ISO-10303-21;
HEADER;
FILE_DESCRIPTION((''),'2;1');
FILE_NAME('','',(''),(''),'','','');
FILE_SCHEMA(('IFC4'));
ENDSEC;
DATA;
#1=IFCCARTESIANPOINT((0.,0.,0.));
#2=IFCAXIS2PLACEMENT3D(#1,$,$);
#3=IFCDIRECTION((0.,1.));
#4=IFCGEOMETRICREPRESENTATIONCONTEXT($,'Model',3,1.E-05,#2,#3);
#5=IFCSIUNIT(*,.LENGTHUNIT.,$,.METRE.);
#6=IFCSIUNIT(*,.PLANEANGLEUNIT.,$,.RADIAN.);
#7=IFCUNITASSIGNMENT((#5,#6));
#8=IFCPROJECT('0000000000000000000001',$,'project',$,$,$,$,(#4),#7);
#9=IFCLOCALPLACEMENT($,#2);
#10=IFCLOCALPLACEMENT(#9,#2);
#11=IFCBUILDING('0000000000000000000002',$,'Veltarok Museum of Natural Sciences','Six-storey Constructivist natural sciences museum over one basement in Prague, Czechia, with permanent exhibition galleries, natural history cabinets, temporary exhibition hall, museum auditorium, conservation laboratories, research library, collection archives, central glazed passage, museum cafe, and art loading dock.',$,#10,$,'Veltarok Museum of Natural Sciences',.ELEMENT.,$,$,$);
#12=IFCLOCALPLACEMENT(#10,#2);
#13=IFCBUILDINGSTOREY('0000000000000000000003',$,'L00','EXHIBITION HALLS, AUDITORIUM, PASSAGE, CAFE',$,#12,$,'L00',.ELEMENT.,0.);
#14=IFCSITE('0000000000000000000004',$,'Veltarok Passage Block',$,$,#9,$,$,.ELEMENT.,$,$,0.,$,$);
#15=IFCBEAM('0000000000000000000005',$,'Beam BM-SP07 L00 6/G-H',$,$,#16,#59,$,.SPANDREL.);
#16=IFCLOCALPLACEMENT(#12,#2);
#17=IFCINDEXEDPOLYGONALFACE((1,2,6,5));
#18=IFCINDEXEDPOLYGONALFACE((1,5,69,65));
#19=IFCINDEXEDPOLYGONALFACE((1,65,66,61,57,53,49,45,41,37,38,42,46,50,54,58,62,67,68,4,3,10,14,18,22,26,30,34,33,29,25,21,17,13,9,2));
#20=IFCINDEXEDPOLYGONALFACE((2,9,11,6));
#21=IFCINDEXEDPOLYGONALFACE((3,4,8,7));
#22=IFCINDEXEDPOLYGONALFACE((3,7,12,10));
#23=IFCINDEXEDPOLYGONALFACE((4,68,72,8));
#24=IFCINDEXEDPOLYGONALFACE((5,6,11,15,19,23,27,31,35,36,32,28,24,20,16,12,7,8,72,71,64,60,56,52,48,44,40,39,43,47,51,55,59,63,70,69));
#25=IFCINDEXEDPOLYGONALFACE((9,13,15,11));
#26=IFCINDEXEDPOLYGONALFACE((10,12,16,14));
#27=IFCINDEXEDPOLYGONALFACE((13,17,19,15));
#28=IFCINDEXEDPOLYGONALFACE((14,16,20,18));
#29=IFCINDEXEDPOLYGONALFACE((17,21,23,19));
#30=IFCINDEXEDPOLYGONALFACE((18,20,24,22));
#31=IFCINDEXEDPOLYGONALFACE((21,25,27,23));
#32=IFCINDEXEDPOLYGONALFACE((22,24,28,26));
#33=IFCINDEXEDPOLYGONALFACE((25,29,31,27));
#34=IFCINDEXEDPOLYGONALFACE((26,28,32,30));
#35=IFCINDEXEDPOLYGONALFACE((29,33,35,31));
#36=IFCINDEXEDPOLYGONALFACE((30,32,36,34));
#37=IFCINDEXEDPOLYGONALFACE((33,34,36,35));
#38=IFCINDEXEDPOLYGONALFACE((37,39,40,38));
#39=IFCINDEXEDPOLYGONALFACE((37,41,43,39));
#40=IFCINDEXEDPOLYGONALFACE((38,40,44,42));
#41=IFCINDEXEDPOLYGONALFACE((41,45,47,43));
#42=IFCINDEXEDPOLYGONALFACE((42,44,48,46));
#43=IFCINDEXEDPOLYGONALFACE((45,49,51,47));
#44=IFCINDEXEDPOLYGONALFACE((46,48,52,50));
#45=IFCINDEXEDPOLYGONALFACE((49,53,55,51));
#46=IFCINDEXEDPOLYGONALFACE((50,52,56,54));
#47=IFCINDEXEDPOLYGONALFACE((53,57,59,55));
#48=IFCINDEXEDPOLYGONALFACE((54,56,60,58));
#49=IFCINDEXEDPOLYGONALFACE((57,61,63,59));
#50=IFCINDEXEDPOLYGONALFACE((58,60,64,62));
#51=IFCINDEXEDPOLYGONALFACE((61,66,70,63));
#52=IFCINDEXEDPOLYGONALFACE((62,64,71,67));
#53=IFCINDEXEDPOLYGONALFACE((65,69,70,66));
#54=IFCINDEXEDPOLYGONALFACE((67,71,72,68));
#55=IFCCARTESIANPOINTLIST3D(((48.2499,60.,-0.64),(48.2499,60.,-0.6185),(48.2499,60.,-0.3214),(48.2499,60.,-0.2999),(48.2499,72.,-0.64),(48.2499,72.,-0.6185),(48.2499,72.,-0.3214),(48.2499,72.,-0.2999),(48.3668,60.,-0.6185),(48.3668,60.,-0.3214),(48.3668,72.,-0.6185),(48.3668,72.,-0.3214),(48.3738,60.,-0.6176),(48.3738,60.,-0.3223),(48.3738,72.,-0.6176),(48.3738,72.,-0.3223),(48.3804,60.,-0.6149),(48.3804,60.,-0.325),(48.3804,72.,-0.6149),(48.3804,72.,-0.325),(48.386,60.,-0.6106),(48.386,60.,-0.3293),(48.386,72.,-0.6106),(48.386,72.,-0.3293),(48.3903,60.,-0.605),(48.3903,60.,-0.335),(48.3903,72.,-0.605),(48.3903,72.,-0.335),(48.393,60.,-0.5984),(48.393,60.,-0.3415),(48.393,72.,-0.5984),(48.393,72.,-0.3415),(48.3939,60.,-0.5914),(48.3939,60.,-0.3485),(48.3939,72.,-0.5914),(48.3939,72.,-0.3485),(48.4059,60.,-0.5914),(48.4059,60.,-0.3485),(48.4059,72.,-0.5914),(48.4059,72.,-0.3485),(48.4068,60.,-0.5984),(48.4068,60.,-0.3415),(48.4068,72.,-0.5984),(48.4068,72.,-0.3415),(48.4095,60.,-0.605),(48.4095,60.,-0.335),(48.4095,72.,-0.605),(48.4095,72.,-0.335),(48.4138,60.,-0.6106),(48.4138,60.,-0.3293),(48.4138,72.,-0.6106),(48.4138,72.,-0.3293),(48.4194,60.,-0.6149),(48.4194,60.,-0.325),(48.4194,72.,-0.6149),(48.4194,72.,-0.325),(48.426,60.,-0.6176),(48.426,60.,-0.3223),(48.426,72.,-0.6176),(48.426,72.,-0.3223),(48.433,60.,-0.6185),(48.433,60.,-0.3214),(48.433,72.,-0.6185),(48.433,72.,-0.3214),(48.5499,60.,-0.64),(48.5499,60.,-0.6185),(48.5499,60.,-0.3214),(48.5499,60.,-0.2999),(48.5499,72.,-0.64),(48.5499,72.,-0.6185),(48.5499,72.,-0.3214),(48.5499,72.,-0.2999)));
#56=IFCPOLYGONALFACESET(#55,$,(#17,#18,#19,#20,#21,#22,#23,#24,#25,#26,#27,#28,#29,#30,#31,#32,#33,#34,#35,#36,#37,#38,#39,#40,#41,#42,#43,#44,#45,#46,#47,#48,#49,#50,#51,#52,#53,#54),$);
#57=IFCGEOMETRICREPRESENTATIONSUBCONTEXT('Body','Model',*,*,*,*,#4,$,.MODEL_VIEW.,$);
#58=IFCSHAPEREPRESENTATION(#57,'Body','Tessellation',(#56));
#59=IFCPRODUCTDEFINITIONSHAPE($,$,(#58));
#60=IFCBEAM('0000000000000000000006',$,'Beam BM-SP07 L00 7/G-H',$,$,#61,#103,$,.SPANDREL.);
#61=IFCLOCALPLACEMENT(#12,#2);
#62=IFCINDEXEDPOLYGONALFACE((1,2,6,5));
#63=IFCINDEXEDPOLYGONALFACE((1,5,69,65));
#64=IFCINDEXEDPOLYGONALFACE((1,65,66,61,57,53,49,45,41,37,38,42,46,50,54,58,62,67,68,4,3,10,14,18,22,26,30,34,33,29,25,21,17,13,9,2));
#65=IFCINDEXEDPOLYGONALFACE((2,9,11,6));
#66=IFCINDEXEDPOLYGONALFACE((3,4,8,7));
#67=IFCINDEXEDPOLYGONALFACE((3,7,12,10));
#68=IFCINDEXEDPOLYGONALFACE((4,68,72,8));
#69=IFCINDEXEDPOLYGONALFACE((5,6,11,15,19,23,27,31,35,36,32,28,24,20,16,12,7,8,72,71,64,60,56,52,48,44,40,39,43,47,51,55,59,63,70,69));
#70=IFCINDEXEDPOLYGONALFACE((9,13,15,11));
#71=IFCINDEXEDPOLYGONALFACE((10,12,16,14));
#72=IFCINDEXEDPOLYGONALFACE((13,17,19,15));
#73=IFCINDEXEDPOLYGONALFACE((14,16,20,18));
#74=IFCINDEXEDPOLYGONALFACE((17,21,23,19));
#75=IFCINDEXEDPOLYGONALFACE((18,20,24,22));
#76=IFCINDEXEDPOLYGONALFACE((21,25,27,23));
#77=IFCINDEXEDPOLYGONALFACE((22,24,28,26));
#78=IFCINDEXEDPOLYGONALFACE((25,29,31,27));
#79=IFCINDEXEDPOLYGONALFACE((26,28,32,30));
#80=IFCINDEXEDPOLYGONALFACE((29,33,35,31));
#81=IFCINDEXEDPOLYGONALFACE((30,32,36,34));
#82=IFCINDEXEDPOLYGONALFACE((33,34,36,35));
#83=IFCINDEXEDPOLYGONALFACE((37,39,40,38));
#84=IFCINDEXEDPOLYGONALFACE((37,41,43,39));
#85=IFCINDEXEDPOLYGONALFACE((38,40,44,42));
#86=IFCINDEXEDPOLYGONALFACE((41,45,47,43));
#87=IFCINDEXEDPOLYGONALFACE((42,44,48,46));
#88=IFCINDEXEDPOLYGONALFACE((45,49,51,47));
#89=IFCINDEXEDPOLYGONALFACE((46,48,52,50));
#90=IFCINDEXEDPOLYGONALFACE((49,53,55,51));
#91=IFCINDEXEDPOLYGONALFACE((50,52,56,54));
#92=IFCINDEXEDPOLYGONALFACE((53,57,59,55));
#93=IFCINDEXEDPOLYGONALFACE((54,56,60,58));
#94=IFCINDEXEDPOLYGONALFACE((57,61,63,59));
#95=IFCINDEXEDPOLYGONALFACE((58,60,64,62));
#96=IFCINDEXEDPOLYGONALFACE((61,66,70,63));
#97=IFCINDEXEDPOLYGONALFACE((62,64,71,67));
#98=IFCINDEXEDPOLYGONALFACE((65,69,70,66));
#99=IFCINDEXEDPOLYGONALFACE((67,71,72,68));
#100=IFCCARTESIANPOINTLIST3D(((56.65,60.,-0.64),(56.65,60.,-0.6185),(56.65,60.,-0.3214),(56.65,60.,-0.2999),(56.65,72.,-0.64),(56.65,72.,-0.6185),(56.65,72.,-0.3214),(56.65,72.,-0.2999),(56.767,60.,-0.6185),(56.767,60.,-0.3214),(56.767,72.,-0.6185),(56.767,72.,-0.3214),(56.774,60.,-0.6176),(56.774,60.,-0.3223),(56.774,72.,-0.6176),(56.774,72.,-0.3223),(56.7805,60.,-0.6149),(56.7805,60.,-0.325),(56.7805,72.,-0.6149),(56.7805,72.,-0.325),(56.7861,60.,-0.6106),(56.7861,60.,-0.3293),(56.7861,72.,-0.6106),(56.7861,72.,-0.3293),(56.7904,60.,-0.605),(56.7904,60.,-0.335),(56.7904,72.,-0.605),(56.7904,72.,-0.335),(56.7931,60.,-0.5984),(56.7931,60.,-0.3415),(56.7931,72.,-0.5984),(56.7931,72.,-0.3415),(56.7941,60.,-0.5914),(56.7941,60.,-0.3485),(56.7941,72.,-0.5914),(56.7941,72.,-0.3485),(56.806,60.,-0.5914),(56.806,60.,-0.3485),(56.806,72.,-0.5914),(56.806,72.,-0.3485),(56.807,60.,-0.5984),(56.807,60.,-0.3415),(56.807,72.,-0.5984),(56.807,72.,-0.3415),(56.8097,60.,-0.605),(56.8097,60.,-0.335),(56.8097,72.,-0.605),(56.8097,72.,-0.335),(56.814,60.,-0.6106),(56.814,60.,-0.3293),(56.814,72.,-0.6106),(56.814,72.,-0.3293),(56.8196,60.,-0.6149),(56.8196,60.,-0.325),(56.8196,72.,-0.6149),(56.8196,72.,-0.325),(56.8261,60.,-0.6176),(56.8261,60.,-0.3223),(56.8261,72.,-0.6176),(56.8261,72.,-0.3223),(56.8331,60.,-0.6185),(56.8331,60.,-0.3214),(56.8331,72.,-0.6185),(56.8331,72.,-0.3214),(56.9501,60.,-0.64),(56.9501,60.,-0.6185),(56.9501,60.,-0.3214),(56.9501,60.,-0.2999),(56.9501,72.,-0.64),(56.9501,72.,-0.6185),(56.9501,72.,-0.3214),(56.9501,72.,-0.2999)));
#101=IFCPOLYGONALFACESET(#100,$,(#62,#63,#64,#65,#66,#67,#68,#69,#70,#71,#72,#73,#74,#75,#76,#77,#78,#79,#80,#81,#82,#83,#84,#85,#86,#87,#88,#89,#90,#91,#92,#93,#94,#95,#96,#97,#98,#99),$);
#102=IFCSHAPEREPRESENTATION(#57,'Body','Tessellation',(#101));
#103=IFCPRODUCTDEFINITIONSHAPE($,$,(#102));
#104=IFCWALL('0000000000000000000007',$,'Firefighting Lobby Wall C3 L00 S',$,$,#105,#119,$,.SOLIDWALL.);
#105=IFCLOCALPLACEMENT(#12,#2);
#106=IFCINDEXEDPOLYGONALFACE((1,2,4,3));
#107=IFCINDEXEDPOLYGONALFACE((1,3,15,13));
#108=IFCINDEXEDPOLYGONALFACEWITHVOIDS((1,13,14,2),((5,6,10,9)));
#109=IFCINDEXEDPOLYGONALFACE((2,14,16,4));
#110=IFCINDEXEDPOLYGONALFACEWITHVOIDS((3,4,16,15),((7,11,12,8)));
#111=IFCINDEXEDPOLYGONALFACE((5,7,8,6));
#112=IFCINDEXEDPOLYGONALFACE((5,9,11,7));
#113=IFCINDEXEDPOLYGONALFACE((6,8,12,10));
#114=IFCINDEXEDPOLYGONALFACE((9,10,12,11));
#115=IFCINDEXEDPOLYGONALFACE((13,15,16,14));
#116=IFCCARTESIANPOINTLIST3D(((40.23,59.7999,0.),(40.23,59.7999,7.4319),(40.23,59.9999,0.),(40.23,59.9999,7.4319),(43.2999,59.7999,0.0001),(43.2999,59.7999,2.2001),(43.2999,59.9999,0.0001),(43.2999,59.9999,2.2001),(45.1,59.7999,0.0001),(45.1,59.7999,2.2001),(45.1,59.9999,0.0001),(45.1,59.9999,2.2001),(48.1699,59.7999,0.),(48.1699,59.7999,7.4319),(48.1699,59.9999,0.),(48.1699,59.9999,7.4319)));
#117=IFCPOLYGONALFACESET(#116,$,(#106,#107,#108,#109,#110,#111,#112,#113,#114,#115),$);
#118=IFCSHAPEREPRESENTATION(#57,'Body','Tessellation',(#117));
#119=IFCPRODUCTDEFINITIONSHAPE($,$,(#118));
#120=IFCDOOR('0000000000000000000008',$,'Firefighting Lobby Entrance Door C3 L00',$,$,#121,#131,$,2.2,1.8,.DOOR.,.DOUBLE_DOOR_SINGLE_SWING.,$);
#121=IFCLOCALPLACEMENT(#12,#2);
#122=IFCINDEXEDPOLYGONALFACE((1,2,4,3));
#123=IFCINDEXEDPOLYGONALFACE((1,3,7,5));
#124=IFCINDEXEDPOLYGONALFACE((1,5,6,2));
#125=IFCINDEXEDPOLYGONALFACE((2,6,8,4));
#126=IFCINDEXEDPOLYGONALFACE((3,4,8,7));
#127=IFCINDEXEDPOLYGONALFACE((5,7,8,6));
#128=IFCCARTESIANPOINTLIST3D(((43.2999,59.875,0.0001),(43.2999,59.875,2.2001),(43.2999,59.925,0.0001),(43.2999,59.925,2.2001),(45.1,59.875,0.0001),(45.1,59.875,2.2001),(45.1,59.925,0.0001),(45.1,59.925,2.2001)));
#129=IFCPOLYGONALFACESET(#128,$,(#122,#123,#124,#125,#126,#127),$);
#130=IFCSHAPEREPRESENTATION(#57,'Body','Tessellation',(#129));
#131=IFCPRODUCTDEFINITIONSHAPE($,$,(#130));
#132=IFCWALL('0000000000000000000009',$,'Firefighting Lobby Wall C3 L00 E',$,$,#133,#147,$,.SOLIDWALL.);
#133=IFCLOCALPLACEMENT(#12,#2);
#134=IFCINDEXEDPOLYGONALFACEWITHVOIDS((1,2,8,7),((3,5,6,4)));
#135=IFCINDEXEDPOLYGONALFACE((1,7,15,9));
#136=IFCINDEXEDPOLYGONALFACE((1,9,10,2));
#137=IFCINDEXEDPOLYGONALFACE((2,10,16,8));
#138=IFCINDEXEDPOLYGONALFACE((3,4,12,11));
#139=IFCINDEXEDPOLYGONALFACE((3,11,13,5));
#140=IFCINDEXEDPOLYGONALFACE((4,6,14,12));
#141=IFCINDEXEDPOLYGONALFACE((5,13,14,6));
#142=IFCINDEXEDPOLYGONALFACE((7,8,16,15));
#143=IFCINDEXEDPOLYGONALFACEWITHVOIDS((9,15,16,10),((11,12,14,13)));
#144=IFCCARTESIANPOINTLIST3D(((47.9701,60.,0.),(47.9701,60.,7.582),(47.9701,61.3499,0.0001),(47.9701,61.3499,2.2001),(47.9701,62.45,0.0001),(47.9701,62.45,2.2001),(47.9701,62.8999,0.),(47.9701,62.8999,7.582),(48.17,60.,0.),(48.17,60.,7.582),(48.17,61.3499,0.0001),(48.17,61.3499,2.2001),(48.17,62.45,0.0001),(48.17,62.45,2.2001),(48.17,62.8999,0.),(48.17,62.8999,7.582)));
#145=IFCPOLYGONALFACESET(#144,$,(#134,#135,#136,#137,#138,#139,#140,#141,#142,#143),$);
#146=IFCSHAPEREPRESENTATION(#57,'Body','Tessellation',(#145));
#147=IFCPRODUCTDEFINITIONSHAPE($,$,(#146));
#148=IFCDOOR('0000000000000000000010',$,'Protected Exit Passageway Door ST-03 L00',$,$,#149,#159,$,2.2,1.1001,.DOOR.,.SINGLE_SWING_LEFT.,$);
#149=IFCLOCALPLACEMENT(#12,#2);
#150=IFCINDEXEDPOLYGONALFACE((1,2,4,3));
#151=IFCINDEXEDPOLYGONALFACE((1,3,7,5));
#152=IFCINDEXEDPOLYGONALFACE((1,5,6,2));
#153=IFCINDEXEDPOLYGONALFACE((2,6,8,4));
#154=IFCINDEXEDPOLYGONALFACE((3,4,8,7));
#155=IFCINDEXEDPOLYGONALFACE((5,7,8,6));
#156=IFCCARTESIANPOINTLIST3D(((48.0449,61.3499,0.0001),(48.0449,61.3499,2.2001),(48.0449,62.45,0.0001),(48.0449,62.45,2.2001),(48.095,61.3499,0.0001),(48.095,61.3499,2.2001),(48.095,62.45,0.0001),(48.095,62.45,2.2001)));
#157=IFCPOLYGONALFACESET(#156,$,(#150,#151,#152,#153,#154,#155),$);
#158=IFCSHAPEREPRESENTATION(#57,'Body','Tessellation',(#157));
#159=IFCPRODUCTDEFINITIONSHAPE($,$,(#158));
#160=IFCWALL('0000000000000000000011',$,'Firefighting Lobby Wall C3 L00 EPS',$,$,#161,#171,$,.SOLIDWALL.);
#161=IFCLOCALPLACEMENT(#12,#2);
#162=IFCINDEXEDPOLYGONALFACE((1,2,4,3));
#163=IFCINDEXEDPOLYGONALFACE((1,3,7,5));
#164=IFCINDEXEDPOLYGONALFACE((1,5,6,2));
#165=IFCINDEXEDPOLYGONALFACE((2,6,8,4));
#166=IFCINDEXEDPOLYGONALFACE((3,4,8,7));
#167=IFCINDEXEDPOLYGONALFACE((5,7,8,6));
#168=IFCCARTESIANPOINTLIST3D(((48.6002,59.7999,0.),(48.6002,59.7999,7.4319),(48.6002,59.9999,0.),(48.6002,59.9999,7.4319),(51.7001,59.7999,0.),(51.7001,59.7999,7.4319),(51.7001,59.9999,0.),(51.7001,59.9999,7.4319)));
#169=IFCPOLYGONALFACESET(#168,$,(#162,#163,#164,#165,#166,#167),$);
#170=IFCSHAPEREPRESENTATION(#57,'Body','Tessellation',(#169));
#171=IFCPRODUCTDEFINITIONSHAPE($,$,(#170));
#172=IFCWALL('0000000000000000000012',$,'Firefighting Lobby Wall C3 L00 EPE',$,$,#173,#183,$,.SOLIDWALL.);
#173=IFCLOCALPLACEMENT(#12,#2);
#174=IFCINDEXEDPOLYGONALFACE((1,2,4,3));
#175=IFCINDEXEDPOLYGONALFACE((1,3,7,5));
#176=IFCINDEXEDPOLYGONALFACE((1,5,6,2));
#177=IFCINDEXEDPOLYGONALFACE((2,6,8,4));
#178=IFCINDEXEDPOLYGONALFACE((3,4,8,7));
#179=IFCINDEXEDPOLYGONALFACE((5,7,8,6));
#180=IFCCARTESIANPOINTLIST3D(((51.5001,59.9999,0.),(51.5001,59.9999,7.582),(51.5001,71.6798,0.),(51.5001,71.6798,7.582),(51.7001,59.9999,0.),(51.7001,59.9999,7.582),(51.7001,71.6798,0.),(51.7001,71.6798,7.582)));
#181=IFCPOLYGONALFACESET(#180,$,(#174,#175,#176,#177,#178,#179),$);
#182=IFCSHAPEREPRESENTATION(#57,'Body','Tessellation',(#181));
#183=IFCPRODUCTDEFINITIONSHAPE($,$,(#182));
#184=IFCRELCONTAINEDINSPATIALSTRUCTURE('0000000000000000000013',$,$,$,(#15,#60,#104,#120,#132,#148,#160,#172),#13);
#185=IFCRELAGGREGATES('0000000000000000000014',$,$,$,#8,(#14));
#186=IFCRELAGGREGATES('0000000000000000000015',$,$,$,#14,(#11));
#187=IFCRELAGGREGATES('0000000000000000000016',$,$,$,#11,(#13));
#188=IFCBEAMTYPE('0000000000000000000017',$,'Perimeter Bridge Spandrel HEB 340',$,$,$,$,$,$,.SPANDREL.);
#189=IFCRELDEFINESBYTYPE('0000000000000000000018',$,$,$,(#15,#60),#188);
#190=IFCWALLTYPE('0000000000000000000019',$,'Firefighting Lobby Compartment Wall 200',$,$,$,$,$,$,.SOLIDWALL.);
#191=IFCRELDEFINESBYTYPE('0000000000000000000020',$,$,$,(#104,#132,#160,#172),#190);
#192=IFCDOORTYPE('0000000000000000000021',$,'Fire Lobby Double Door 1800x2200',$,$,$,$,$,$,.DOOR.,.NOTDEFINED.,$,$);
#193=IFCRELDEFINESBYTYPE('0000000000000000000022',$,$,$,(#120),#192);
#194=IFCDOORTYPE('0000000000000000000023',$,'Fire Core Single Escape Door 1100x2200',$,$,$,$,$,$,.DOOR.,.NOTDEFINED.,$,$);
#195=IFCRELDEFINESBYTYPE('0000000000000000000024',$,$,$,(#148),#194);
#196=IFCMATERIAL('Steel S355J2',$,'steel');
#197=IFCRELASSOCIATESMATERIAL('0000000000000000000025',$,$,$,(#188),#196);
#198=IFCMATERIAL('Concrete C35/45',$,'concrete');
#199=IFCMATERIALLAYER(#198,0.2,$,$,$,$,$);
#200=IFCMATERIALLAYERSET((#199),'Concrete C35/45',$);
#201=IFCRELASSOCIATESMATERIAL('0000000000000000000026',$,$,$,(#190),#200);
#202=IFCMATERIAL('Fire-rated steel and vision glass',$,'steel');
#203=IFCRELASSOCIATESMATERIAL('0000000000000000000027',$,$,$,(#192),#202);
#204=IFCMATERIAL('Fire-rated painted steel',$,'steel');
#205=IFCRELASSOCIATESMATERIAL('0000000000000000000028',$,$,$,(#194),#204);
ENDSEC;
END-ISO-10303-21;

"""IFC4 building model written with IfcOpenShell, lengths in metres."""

from ifc_helpers import new_model, si_unit, direction, frame, frame_2d, origin, origin_2d, place, context, subcontext, project, spatial, rectangle, i_section, extrude, material, layer, layer_set, material_profile, profile_set, type_object, element, fill, save


model = new_model("IFC4")

# Units and contexts
model_context = context("Model", 3, precision=1e-05, world=origin(), true_north=direction((0.0, 1.0)))
body_context = subcontext(model_context, "Body", "Model", "MODEL_VIEW")
ifc_project = project(units=[si_unit("LENGTHUNIT", "METRE"), si_unit("PLANEANGLEUNIT", "RADIAN")], contexts=[model_context])

# Site, building, storey
site_placement = place(None, origin())
site = spatial("IfcSite", under=ifc_project, at=site_placement, Name="Veltarok Passage Block", CompositionType="ELEMENT", RefElevation=0.0)
building_placement = place(site_placement, origin())
building = spatial("IfcBuilding", under=site, at=building_placement, Name="Veltarok Museum of Natural Sciences", Description="Six-storey Constructivist natural sciences museum over one basement in Prague, Czechia, with permanent exhibition galleries, natural history cabinets, temporary exhibition hall, museum auditorium, conservation laboratories, research library, collection archives, central glazed passage, museum cafe, and art loading dock.", LongName="Veltarok Museum of Natural Sciences", CompositionType="ELEMENT")
storey_placement = place(building_placement, origin())
storey = spatial("IfcBuildingStorey", under=building, at=storey_placement, Name="L00", Description="EXHIBITION HALLS, AUDITORIUM, PASSAGE, CAFE", LongName="L00", CompositionType="ELEMENT", Elevation=0.0)

# Shared definitions
ifc_material_1 = material(Name="Steel S355J2", Category="steel")

# Beams
ifc_material_profile_1 = material_profile(ifc_material_1, i_section(OverallWidth=0.3, OverallDepth=0.3401, WebThickness=0.012, FlangeThickness=0.0215, FilletRadius=0.0271, at=origin_2d()), Name="HEB 340")
ifc_profile_set_1 = profile_set([ifc_material_profile_1], Name="Steel S355J2")
beam_type_1 = type_object("IfcBeamType", Name="Perimeter Bridge Spandrel HEB 340", PredefinedType="SPANDREL", material=ifc_profile_set_1)
for number, where, z_axis, x_axis, name in (
    (1, (48.3999, 60.0, -0.47), (0.0, 1.0, 0.0), (-1.0, 0.0, 0.0), "Beam BM-SP07 L00 6/G-H"),
    (2, (56.8, 60.0, -0.47), (0.0, 1.0, 0.0), (-1.0, 0.0, 0.0), "Beam BM-SP07 L00 7/G-H"),
):
    element("IfcBeam", number, at=place(storey_placement, frame(where, z_axis=z_axis, x_axis=x_axis)), inside=storey, type_object=beam_type_1, Name=name, PredefinedType="SPANDREL", context=body_context, shape_type="SweptSolid", body=[
        extrude(i_section(OverallWidth=0.3, OverallDepth=0.3401, WebThickness=0.012, FlangeThickness=0.0215, FilletRadius=0.0271, at=origin_2d()), origin(), (0.0, 0.0, 1.0), 12.0),
    ])

# Walls, openings, doors
ifc_material_2 = material(Name="Concrete C35/45", Category="concrete")
ifc_layer_1 = layer(ifc_material_2, 0.2)
ifc_layer_set_1 = layer_set([ifc_layer_1], Name="Concrete C35/45")
wall_type_1 = type_object("IfcWallType", Name="Firefighting Lobby Compartment Wall 200", PredefinedType="SOLIDWALL", material=ifc_layer_set_1)
wall_1_placement = place(storey_placement, frame((48.1699, 59.8999, 0.0), z_axis=(0.0, 0.0, 1.0), x_axis=(-1.0, 0.0, 0.0)))
wall_1 = element("IfcWall", 3, at=wall_1_placement, inside=storey, type_object=wall_type_1, Name="Firefighting Lobby Wall C3 L00 S", PredefinedType="SOLIDWALL", context=body_context, shape_type="SweptSolid", body=[
    extrude(rectangle(XDim=7.9399, YDim=0.2, at=frame_2d((3.97, 0.0))), origin(), (0.0, 0.0, 1.0), 7.4319),
])
opening_1_placement = place(wall_1_placement, frame((3.0701, 0.0, 0.0)))
opening_1 = element("IfcOpeningElement", 4, at=opening_1_placement, cuts=wall_1, PredefinedType="OPENING", context=body_context, shape_type="SweptSolid", body=[
    extrude(rectangle(XDim=1.8, YDim=2.2, at=frame_2d((0.8999, 1.1001))), frame((0.0, 0.1099, 0.0), z_axis=(0.0, -1.0, 0.0), x_axis=(1.0, 0.0, 0.0)), (0.0, 0.0, 1.0), 0.22),
])
ifc_material_3 = material(Name="Fire-rated steel and vision glass", Category="steel")
door_type_1 = type_object("IfcDoorType", Name="Fire Lobby Double Door 1800x2200", OperationType="NOTDEFINED", PredefinedType="DOOR", material=ifc_material_3)
door_1_placement = place(opening_1_placement, origin())
door_1 = element("IfcDoor", 5, at=door_1_placement, inside=storey, type_object=door_type_1, Name="Firefighting Lobby Entrance Door C3 L00", OperationType="DOUBLE_DOOR_SINGLE_SWING", OverallHeight=2.2, OverallWidth=1.8, PredefinedType="DOOR", context=body_context, shape_type="SweptSolid", body=[
    extrude(rectangle(XDim=1.8, YDim=2.2, at=frame_2d((0.8999, 1.1001))), frame((0.0, 0.0249, 0.0), z_axis=(0.0, -1.0, 0.0), x_axis=(1.0, 0.0, 0.0)), (0.0, 0.0, 1.0), 0.05),
])
fill(opening_1, door_1)
wall_2_placement = place(storey_placement, frame((48.0701, 62.8999, 0.0), z_axis=(0.0, 0.0, 1.0), x_axis=(0.0, -1.0, 0.0)))
wall_2 = element("IfcWall", 6, at=wall_2_placement, inside=storey, type_object=wall_type_1, Name="Firefighting Lobby Wall C3 L00 E", PredefinedType="SOLIDWALL", context=body_context, shape_type="SweptSolid", body=[
    extrude(rectangle(XDim=2.8999, YDim=0.2, at=frame_2d((1.45, 0.0))), origin(), (0.0, 0.0, 1.0), 7.582),
])
opening_2_placement = place(wall_2_placement, frame((0.45, 0.0, 0.0)))
opening_2 = element("IfcOpeningElement", 7, at=opening_2_placement, cuts=wall_2, PredefinedType="OPENING", context=body_context, shape_type="SweptSolid", body=[
    extrude(rectangle(XDim=1.1001, YDim=2.2, at=frame_2d((0.55, 1.1001))), frame((0.0, 0.1099, 0.0), z_axis=(0.0, -1.0, 0.0), x_axis=(1.0, 0.0, 0.0)), (0.0, 0.0, 1.0), 0.22),
])
ifc_material_4 = material(Name="Fire-rated painted steel", Category="steel")
door_type_2 = type_object("IfcDoorType", Name="Fire Core Single Escape Door 1100x2200", OperationType="NOTDEFINED", PredefinedType="DOOR", material=ifc_material_4)
door_2_placement = place(opening_2_placement, origin())
door_2 = element("IfcDoor", 8, at=door_2_placement, inside=storey, type_object=door_type_2, Name="Protected Exit Passageway Door ST-03 L00", OperationType="SINGLE_SWING_LEFT", OverallHeight=2.2, OverallWidth=1.1001, PredefinedType="DOOR", context=body_context, shape_type="SweptSolid", body=[
    extrude(rectangle(XDim=1.1001, YDim=2.2, at=frame_2d((0.55, 1.1001))), frame((0.0, 0.0249, 0.0), z_axis=(0.0, -1.0, 0.0), x_axis=(1.0, 0.0, 0.0)), (0.0, 0.0, 1.0), 0.05),
])
fill(opening_2, door_2)

# Walls
wall_3_placement = place(storey_placement, frame((51.7, 59.8999, 0.0), z_axis=(0.0, 0.0, 1.0), x_axis=(-1.0, 0.0, 0.0)))
element("IfcWall", 9, at=wall_3_placement, inside=storey, type_object=wall_type_1, Name="Firefighting Lobby Wall C3 L00 EPS", PredefinedType="SOLIDWALL", context=body_context, shape_type="SweptSolid", body=[
    extrude(rectangle(XDim=3.0999, YDim=0.2, at=frame_2d((1.5498, 0.0))), origin(), (0.0, 0.0, 1.0), 7.4319),
])
wall_4_placement = place(storey_placement, frame((51.6001, 60.0, 0.0), z_axis=(0.0, 0.0, 1.0), x_axis=(0.0, 1.0, 0.0)))
element("IfcWall", 10, at=wall_4_placement, inside=storey, type_object=wall_type_1, Name="Firefighting Lobby Wall C3 L00 EPE", PredefinedType="SOLIDWALL", context=body_context, shape_type="SweptSolid", body=[
    extrude(rectangle(XDim=11.6799, YDim=0.2, at=frame_2d((5.8398, 0.0))), origin(), (0.0, 0.0, 1.0), 7.582),
])

save(model, "model.ifc")
